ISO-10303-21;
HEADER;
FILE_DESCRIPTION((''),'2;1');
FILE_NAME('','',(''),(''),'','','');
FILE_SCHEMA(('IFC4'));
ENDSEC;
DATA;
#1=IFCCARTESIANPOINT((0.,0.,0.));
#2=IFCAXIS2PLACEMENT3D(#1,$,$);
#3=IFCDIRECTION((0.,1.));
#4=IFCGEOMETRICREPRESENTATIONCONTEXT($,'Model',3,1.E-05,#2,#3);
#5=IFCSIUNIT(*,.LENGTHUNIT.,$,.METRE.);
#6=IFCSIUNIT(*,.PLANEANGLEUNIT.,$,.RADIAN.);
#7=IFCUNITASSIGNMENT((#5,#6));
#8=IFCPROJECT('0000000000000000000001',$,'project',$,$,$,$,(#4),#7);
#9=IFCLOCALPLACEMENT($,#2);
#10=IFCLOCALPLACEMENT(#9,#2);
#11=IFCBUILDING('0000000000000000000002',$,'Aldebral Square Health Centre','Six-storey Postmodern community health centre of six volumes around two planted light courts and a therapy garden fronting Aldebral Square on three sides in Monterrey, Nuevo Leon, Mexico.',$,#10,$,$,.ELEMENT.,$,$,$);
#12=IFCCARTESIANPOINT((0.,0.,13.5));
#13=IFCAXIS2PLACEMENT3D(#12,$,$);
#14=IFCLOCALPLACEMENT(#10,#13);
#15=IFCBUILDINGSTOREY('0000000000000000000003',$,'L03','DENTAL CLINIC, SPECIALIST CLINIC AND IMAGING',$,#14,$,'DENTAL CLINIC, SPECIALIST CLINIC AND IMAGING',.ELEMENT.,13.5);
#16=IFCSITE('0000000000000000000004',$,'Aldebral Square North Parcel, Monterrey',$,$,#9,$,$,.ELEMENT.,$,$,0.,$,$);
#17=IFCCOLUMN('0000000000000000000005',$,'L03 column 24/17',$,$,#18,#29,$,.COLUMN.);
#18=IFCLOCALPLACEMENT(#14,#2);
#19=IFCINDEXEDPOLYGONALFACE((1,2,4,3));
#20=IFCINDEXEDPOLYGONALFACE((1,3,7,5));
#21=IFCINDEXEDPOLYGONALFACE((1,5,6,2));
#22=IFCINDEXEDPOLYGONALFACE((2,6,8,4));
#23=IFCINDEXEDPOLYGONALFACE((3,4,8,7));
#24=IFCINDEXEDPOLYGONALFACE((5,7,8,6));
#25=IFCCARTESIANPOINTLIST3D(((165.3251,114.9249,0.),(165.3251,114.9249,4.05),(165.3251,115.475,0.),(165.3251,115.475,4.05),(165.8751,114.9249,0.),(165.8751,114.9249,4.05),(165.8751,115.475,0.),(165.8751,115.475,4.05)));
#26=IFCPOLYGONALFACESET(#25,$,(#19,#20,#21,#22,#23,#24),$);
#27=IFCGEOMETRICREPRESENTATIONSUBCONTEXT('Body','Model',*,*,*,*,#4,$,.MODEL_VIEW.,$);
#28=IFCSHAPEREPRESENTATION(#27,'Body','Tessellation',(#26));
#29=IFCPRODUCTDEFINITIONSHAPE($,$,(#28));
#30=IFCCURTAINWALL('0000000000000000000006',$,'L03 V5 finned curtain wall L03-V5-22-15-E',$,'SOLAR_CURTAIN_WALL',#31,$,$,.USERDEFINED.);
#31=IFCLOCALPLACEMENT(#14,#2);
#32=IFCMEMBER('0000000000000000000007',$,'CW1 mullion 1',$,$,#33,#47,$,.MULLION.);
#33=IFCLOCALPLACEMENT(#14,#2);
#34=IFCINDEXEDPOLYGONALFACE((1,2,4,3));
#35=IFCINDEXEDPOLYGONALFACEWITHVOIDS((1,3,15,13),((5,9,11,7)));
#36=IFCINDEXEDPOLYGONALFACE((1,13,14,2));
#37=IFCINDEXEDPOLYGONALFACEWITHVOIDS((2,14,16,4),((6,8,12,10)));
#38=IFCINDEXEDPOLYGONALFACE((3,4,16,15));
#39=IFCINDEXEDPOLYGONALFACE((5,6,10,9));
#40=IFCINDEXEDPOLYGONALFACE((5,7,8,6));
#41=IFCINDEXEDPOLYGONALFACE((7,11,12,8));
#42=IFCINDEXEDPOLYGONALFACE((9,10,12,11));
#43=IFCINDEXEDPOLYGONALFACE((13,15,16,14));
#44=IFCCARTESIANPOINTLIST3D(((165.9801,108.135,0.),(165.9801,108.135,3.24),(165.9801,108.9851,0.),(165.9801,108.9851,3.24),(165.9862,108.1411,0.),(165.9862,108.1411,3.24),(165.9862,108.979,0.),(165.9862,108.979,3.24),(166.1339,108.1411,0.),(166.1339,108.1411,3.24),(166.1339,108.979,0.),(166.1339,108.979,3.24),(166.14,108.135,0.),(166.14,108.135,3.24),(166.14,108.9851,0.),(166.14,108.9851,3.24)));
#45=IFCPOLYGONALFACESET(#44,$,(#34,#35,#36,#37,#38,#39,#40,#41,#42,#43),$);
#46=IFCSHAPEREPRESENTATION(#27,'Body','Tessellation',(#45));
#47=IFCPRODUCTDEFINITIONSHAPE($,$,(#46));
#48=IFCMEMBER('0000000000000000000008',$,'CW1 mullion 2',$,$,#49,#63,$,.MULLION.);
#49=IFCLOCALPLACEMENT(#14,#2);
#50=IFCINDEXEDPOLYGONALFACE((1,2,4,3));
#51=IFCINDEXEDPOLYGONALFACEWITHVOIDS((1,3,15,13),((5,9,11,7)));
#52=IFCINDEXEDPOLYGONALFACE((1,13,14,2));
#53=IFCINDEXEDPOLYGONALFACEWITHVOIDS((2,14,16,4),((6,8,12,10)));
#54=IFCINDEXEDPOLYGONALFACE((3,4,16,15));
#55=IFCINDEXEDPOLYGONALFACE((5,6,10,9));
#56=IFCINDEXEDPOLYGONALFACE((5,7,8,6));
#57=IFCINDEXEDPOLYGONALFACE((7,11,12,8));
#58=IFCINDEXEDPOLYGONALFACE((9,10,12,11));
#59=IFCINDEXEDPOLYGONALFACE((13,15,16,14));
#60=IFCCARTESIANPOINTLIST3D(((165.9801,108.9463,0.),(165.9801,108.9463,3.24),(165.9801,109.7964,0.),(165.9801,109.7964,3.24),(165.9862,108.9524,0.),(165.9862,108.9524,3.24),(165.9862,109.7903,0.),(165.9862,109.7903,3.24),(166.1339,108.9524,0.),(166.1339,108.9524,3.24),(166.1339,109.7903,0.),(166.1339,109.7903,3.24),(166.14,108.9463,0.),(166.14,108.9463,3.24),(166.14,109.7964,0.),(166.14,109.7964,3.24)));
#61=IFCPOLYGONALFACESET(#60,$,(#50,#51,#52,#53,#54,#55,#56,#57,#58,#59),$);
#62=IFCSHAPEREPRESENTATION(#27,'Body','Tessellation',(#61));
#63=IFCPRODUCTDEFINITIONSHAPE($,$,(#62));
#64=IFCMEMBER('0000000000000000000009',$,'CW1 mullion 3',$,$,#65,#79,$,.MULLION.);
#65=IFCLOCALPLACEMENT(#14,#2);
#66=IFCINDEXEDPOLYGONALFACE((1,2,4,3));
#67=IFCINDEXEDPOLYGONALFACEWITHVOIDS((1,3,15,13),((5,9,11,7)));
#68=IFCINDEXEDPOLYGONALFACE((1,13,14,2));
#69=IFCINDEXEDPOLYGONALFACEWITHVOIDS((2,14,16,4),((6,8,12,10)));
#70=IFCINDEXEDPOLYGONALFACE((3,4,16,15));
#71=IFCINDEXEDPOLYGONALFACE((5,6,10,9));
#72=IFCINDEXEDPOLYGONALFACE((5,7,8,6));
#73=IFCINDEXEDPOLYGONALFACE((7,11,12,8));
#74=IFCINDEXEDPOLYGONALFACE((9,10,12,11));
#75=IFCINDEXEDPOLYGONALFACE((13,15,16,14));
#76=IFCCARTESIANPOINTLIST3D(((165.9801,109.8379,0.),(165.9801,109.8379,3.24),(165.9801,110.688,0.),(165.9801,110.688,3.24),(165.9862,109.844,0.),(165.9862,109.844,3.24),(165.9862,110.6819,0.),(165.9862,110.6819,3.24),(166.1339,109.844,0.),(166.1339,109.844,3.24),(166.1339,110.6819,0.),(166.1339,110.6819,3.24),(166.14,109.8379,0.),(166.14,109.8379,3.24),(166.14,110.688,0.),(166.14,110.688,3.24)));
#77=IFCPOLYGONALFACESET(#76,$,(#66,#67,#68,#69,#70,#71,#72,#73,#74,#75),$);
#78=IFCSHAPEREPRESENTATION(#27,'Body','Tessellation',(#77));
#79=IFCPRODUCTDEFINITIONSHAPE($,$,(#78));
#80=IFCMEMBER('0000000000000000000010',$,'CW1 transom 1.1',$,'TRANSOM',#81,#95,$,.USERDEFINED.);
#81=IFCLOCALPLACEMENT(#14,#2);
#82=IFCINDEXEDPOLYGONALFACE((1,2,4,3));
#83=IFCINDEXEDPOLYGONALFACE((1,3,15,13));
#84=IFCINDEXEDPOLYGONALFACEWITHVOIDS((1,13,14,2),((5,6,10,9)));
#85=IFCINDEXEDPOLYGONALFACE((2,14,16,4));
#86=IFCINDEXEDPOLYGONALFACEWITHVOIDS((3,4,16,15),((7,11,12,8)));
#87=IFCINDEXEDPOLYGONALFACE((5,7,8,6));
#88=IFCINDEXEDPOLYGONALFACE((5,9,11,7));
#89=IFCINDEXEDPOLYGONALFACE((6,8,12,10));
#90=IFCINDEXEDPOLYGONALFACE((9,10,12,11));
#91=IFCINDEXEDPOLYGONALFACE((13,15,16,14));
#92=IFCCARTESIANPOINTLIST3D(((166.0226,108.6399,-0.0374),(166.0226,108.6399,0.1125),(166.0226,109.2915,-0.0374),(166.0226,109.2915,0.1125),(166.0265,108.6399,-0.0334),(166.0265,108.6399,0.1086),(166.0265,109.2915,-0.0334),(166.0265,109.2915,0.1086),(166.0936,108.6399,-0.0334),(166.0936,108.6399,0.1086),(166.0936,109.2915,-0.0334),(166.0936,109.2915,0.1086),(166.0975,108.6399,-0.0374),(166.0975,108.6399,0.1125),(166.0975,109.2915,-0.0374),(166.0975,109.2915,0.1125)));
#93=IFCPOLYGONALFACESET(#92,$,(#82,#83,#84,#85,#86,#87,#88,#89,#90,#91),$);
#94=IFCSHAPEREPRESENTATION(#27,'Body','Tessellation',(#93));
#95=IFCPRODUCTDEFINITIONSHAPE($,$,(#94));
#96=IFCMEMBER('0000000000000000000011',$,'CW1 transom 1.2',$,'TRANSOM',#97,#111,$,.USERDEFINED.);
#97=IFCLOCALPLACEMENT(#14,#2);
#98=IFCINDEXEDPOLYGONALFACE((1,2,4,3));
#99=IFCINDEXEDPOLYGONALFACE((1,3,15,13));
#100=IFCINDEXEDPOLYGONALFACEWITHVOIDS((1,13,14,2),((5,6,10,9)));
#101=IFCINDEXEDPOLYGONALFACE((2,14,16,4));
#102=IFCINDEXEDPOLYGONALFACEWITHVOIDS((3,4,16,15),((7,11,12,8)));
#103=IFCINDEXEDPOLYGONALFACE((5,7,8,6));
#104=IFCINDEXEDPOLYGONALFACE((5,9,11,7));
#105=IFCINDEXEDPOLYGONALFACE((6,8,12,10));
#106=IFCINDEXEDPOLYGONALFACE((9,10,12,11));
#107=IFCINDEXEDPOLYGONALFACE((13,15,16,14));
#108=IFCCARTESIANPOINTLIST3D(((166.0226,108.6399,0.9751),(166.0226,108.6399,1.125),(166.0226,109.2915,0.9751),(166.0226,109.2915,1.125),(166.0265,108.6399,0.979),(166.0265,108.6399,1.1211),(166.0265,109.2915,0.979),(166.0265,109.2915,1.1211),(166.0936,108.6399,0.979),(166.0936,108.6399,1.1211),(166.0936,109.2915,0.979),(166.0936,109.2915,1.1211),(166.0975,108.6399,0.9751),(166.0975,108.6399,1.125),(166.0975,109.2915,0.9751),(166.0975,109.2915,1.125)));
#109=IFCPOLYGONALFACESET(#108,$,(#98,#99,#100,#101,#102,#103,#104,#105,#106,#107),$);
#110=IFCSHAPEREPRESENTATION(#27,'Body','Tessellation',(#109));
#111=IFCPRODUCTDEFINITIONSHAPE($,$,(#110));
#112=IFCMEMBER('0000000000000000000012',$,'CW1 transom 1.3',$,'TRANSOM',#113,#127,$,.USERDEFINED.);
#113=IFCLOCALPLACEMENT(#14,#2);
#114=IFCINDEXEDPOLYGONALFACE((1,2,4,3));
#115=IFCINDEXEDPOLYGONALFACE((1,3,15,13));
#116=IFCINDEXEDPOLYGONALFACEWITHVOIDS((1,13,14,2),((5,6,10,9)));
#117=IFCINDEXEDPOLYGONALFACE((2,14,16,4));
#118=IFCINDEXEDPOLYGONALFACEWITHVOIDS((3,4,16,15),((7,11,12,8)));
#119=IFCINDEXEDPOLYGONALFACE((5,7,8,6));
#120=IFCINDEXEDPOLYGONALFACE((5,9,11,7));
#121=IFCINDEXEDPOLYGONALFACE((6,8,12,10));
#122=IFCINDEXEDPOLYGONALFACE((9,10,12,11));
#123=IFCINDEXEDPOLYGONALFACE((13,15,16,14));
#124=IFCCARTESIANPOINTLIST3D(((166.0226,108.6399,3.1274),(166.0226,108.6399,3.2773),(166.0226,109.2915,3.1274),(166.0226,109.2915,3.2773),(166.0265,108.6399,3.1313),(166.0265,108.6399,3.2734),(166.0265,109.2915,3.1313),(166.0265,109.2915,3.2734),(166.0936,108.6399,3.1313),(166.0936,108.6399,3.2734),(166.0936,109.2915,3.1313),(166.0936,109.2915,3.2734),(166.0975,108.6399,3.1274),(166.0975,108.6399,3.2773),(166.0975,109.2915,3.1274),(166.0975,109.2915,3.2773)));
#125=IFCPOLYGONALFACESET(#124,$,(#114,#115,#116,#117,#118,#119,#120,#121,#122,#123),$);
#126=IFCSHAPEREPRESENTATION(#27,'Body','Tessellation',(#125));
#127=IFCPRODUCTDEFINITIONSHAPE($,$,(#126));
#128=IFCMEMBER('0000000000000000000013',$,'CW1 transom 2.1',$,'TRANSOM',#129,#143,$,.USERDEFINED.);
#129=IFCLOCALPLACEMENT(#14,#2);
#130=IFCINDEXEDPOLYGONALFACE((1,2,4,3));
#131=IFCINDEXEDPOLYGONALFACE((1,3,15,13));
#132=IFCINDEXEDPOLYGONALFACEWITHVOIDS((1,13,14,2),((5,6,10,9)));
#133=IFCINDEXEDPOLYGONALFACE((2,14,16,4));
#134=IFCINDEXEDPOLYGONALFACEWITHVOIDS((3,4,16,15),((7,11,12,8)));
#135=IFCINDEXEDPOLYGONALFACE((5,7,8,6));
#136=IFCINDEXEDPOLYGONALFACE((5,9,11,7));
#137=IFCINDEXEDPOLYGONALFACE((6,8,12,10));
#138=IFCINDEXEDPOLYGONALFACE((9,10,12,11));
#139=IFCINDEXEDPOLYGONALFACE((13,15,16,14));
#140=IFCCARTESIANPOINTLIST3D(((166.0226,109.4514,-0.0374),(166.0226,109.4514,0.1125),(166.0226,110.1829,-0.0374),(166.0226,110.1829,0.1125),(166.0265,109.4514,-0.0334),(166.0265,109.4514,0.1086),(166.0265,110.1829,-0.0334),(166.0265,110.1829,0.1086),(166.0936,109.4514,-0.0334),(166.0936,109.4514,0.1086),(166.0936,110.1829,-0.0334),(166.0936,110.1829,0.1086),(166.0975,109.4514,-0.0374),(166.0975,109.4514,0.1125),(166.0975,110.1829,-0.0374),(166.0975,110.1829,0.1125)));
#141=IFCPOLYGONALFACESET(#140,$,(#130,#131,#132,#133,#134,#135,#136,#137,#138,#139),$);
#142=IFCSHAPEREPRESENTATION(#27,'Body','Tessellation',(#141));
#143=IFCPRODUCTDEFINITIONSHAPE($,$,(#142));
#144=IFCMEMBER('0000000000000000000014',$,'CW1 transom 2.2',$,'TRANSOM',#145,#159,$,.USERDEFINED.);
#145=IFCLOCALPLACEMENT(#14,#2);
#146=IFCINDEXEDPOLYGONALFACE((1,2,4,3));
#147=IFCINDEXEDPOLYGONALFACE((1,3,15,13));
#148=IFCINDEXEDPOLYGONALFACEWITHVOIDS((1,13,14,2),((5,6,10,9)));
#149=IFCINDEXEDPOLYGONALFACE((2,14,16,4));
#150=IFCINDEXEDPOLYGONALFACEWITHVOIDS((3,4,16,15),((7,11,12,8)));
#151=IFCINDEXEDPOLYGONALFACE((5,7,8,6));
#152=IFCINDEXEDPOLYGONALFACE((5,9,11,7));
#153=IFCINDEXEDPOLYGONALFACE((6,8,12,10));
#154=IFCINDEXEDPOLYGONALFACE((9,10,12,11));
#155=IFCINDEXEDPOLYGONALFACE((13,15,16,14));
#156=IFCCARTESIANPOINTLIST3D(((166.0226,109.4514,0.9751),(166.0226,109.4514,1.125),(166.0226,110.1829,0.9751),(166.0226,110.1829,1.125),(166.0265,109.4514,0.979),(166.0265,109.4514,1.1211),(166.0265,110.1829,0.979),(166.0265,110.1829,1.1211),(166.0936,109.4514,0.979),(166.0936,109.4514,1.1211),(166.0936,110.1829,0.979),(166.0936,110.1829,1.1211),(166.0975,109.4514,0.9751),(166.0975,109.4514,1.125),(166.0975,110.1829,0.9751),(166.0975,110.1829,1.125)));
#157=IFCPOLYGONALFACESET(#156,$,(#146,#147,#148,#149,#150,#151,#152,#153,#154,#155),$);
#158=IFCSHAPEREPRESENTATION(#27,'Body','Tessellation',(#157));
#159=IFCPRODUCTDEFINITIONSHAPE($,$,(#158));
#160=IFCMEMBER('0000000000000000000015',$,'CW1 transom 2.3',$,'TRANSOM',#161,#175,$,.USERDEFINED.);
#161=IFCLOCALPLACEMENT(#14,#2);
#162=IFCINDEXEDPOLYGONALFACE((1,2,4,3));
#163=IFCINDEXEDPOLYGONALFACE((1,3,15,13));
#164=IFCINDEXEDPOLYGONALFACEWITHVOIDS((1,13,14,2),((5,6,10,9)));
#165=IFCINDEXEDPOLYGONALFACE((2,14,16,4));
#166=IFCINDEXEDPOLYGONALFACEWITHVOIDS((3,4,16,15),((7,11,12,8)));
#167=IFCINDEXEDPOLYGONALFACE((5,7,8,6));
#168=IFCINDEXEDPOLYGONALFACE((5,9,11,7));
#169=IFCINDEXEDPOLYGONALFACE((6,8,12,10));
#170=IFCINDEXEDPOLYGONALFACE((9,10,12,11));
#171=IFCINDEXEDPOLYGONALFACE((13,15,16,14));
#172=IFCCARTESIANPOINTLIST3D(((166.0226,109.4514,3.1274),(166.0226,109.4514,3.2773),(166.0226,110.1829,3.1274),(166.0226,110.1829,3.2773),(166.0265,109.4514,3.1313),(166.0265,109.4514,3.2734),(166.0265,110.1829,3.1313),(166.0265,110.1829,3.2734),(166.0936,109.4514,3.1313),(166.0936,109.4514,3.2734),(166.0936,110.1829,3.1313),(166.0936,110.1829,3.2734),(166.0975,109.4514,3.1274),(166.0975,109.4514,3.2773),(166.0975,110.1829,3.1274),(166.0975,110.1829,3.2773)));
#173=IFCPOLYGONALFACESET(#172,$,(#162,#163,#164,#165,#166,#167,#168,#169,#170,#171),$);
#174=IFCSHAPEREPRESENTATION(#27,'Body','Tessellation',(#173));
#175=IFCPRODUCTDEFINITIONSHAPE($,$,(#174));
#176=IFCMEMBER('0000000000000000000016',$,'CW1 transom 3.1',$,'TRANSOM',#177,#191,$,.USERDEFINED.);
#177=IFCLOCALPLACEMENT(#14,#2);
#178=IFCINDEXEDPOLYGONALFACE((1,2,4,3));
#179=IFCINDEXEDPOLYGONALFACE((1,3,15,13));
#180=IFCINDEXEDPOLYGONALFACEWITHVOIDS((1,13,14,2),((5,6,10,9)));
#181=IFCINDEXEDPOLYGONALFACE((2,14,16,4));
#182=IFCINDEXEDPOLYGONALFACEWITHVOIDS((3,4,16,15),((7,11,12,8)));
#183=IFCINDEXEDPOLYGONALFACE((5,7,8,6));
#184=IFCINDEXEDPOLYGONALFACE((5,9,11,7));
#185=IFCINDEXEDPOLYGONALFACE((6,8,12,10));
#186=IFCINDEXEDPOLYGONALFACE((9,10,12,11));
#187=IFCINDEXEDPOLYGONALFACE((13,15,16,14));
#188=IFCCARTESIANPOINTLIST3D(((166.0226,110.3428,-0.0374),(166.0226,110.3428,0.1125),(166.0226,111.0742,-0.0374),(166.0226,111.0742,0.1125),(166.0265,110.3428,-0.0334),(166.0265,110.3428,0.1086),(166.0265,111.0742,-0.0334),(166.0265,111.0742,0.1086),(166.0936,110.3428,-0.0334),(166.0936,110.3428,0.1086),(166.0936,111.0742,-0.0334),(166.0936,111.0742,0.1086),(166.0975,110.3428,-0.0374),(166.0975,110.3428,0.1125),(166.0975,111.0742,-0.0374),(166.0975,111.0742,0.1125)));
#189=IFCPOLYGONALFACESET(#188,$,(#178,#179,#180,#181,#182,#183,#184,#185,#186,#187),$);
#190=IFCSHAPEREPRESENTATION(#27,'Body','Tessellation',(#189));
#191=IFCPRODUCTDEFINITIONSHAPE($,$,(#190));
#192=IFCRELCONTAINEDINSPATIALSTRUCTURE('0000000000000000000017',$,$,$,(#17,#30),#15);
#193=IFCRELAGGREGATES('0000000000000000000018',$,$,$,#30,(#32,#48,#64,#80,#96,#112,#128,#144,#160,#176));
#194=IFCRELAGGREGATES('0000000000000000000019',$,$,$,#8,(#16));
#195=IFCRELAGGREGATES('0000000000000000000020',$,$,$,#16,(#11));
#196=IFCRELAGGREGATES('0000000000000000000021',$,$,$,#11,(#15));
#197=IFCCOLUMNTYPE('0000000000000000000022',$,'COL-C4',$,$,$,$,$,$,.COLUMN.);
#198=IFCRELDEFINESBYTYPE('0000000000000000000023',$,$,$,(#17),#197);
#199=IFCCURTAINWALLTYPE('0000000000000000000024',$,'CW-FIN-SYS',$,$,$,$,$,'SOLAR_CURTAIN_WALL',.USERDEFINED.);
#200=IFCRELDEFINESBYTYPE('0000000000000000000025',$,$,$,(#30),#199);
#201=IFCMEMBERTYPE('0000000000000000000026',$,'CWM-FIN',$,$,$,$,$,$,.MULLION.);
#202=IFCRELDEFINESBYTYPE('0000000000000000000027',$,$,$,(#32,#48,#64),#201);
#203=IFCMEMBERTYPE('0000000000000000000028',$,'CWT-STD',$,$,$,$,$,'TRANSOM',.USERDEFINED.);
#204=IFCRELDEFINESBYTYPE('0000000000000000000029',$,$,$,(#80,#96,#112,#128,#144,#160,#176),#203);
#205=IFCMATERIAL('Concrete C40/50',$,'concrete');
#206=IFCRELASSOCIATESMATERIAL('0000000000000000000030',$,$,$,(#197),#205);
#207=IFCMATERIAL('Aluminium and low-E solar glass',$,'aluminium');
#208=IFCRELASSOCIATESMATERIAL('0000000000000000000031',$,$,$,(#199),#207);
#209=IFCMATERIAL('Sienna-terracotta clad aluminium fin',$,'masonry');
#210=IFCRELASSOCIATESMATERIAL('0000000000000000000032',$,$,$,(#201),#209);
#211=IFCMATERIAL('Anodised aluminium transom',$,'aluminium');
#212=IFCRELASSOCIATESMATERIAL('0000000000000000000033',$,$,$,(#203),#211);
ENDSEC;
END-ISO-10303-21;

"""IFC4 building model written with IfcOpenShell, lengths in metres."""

from ifc_helpers import new_model, si_unit, direction, frame, origin, origin_2d, place, context, subcontext, project, spatial, rectangle, hollow_rectangle, extrude, material, material_profile, profile_set, type_object, element, aggregate, save


model = new_model("IFC4")

# Units and contexts
model_context = context("Model", 3, precision=1e-05, world=origin(), true_north=direction((0.0, 1.0)))
body_context = subcontext(model_context, "Body", "Model", "MODEL_VIEW")
ifc_project = project(units=[si_unit("LENGTHUNIT", "METRE"), si_unit("PLANEANGLEUNIT", "RADIAN")], contexts=[model_context])

# Site, building, storey
site_placement = place(None, origin())
site = spatial("IfcSite", under=ifc_project, at=site_placement, Name="Aldebral Square North Parcel, Monterrey", CompositionType="ELEMENT", RefElevation=0.0)
building_placement = place(site_placement, origin())
building = spatial("IfcBuilding", under=site, at=building_placement, Name="Aldebral Square Health Centre", Description="Six-storey Postmodern community health centre of six volumes around two planted light courts and a therapy garden fronting Aldebral Square on three sides in Monterrey, Nuevo Leon, Mexico.", CompositionType="ELEMENT")
storey_placement = place(building_placement, frame((0.0, 0.0, 13.5)))
storey = spatial("IfcBuildingStorey", under=building, at=storey_placement, Name="L03", Description="DENTAL CLINIC, SPECIALIST CLINIC AND IMAGING", LongName="DENTAL CLINIC, SPECIALIST CLINIC AND IMAGING", CompositionType="ELEMENT", Elevation=13.5)

# Column
ifc_material_1 = material(Name="Concrete C40/50", Category="concrete")
ifc_material_profile_1 = material_profile(ifc_material_1, rectangle(XDim=0.55, YDim=0.55, at=origin_2d()), Name="RC 550x550")
ifc_profile_set_1 = profile_set([ifc_material_profile_1], Name="Concrete C40/50")
column_type = type_object("IfcColumnType", Name="COL-C4", PredefinedType="COLUMN", material=ifc_profile_set_1)
column_placement = place(storey_placement, frame((165.6001, 115.2, 0.0), z_axis=(0.0, 0.0, 1.0), x_axis=(1.0, 0.0, 0.0)))
element("IfcColumn", 1, at=column_placement, inside=storey, type_object=column_type, Name="L03 column 24/17", PredefinedType="COLUMN", context=body_context, shape_type="SweptSolid", body=[
    extrude(rectangle(XDim=0.55, YDim=0.55, at=origin_2d()), origin(), (0.0, 0.0, 1.0), 4.05),
])

# Curtain wall, members
ifc_material_2 = material(Name="Aluminium and low-E solar glass", Category="aluminium")
curtain_wall_type = type_object("IfcCurtainWallType", Name="CW-FIN-SYS", ElementType="SOLAR_CURTAIN_WALL", PredefinedType="USERDEFINED", material=ifc_material_2)
curtain_wall_placement = place(storey_placement, origin())
curtain_wall = element("IfcCurtainWall", 2, at=curtain_wall_placement, inside=storey, type_object=curtain_wall_type, Name="L03 V5 finned curtain wall L03-V5-22-15-E", ObjectType="SOLAR_CURTAIN_WALL", PredefinedType="USERDEFINED")
ifc_material_3 = material(Name="Sienna-terracotta clad aluminium fin", Category="masonry")
ifc_material_profile_2 = material_profile(ifc_material_3, hollow_rectangle(XDim=0.1599, YDim=0.8501, WallThickness=0.0061, at=origin_2d()), Name="FIN 160x850x6")
ifc_profile_set_2 = profile_set([ifc_material_profile_2], Name="Sienna-terracotta clad aluminium fin")
member_type_1 = type_object("IfcMemberType", Name="CWM-FIN", PredefinedType="MULLION", material=ifc_profile_set_2)
member_1_placement = place(storey_placement, frame((166.0601, 108.5601, 0.0), z_axis=(0.0, 0.0, 1.0), x_axis=(-1.0, 0.0, 0.0)))
member_1 = element("IfcMember", 3, at=member_1_placement, type_object=member_type_1, Name="CW1 mullion 1", PredefinedType="MULLION", context=body_context, shape_type="SweptSolid", body=[
    extrude(hollow_rectangle(XDim=0.1599, YDim=0.8501, WallThickness=0.0061, at=origin_2d()), origin(), (0.0, 0.0, 1.0), 3.24),
])
member_2_placement = place(storey_placement, frame((166.0601, 109.3713, 0.0), z_axis=(0.0, 0.0, 1.0), x_axis=(-1.0, 0.0, 0.0)))
member_2 = element("IfcMember", 4, at=member_2_placement, type_object=member_type_1, Name="CW1 mullion 2", PredefinedType="MULLION", context=body_context, shape_type="SweptSolid", body=[
    extrude(hollow_rectangle(XDim=0.1599, YDim=0.8501, WallThickness=0.0061, at=origin_2d()), origin(), (0.0, 0.0, 1.0), 3.24),
])
member_3_placement = place(storey_placement, frame((166.0601, 110.2629, 0.0), z_axis=(0.0, 0.0, 1.0), x_axis=(-1.0, 0.0, 0.0)))
member_3 = element("IfcMember", 5, at=member_3_placement, type_object=member_type_1, Name="CW1 mullion 3", PredefinedType="MULLION", context=body_context, shape_type="SweptSolid", body=[
    extrude(hollow_rectangle(XDim=0.1599, YDim=0.8501, WallThickness=0.0061, at=origin_2d()), origin(), (0.0, 0.0, 1.0), 3.24),
])
ifc_material_4 = material(Name="Anodised aluminium transom", Category="aluminium")
ifc_material_profile_3 = material_profile(ifc_material_4, hollow_rectangle(XDim=0.075, YDim=0.1499, WallThickness=0.0039, at=origin_2d()), Name="CWT 75x150x4")
ifc_profile_set_3 = profile_set([ifc_material_profile_3], Name="Anodised aluminium transom")
member_type_2 = type_object("IfcMemberType", Name="CWT-STD", ElementType="TRANSOM", PredefinedType="USERDEFINED", material=ifc_profile_set_3)
member_4_placement = place(storey_placement, frame((166.0601, 108.6399, 0.0376), z_axis=(0.0, 1.0, 0.0), x_axis=(-1.0, 0.0, 0.0)))
member_4 = element("IfcMember", 6, at=member_4_placement, type_object=member_type_2, Name="CW1 transom 1.1", ObjectType="TRANSOM", PredefinedType="USERDEFINED", context=body_context, shape_type="SweptSolid", body=[
    extrude(hollow_rectangle(XDim=0.075, YDim=0.1499, WallThickness=0.0039, at=origin_2d()), origin(), (0.0, 0.0, 1.0), 0.6516),
])
member_5_placement = place(storey_placement, frame((166.0601, 108.6399, 1.05), z_axis=(0.0, 1.0, 0.0), x_axis=(-1.0, 0.0, 0.0)))
member_5 = element("IfcMember", 7, at=member_5_placement, type_object=member_type_2, Name="CW1 transom 1.2", ObjectType="TRANSOM", PredefinedType="USERDEFINED", context=body_context, shape_type="SweptSolid", body=[
    extrude(hollow_rectangle(XDim=0.075, YDim=0.1499, WallThickness=0.0039, at=origin_2d()), origin(), (0.0, 0.0, 1.0), 0.6516),
])
member_6_placement = place(storey_placement, frame((166.0601, 108.6399, 3.2024), z_axis=(0.0, 1.0, 0.0), x_axis=(-1.0, 0.0, 0.0)))
member_6 = element("IfcMember", 8, at=member_6_placement, type_object=member_type_2, Name="CW1 transom 1.3", ObjectType="TRANSOM", PredefinedType="USERDEFINED", context=body_context, shape_type="SweptSolid", body=[
    extrude(hollow_rectangle(XDim=0.075, YDim=0.1499, WallThickness=0.0039, at=origin_2d()), origin(), (0.0, 0.0, 1.0), 0.6516),
])
member_7_placement = place(storey_placement, frame((166.0601, 109.4514, 0.0376), z_axis=(0.0, 1.0, 0.0), x_axis=(-1.0, 0.0, 0.0)))
member_7 = element("IfcMember", 9, at=member_7_placement, type_object=member_type_2, Name="CW1 transom 2.1", ObjectType="TRANSOM", PredefinedType="USERDEFINED", context=body_context, shape_type="SweptSolid", body=[
    extrude(hollow_rectangle(XDim=0.075, YDim=0.1499, WallThickness=0.0039, at=origin_2d()), origin(), (0.0, 0.0, 1.0), 0.7314),
])
member_8_placement = place(storey_placement, frame((166.0601, 109.4514, 1.05), z_axis=(0.0, 1.0, 0.0), x_axis=(-1.0, 0.0, 0.0)))
member_8 = element("IfcMember", 10, at=member_8_placement, type_object=member_type_2, Name="CW1 transom 2.2", ObjectType="TRANSOM", PredefinedType="USERDEFINED", context=body_context, shape_type="SweptSolid", body=[
    extrude(hollow_rectangle(XDim=0.075, YDim=0.1499, WallThickness=0.0039, at=origin_2d()), origin(), (0.0, 0.0, 1.0), 0.7314),
])
member_9_placement = place(storey_placement, frame((166.0601, 109.4514, 3.2024), z_axis=(0.0, 1.0, 0.0), x_axis=(-1.0, 0.0, 0.0)))
member_9 = element("IfcMember", 11, at=member_9_placement, type_object=member_type_2, Name="CW1 transom 2.3", ObjectType="TRANSOM", PredefinedType="USERDEFINED", context=body_context, shape_type="SweptSolid", body=[
    extrude(hollow_rectangle(XDim=0.075, YDim=0.1499, WallThickness=0.0039, at=origin_2d()), origin(), (0.0, 0.0, 1.0), 0.7314),
])
member_10_placement = place(storey_placement, frame((166.0601, 110.3428, 0.0376), z_axis=(0.0, 1.0, 0.0), x_axis=(-1.0, 0.0, 0.0)))
member_10 = element("IfcMember", 12, at=member_10_placement, type_object=member_type_2, Name="CW1 transom 3.1", ObjectType="TRANSOM", PredefinedType="USERDEFINED", context=body_context, shape_type="SweptSolid", body=[
    extrude(hollow_rectangle(XDim=0.075, YDim=0.1499, WallThickness=0.0039, at=origin_2d()), origin(), (0.0, 0.0, 1.0), 0.7314),
])

aggregate(curtain_wall, [member_1, member_2, member_3, member_4, member_5, member_6, member_7, member_8, member_9, member_10])

save(model, "model.ifc")
